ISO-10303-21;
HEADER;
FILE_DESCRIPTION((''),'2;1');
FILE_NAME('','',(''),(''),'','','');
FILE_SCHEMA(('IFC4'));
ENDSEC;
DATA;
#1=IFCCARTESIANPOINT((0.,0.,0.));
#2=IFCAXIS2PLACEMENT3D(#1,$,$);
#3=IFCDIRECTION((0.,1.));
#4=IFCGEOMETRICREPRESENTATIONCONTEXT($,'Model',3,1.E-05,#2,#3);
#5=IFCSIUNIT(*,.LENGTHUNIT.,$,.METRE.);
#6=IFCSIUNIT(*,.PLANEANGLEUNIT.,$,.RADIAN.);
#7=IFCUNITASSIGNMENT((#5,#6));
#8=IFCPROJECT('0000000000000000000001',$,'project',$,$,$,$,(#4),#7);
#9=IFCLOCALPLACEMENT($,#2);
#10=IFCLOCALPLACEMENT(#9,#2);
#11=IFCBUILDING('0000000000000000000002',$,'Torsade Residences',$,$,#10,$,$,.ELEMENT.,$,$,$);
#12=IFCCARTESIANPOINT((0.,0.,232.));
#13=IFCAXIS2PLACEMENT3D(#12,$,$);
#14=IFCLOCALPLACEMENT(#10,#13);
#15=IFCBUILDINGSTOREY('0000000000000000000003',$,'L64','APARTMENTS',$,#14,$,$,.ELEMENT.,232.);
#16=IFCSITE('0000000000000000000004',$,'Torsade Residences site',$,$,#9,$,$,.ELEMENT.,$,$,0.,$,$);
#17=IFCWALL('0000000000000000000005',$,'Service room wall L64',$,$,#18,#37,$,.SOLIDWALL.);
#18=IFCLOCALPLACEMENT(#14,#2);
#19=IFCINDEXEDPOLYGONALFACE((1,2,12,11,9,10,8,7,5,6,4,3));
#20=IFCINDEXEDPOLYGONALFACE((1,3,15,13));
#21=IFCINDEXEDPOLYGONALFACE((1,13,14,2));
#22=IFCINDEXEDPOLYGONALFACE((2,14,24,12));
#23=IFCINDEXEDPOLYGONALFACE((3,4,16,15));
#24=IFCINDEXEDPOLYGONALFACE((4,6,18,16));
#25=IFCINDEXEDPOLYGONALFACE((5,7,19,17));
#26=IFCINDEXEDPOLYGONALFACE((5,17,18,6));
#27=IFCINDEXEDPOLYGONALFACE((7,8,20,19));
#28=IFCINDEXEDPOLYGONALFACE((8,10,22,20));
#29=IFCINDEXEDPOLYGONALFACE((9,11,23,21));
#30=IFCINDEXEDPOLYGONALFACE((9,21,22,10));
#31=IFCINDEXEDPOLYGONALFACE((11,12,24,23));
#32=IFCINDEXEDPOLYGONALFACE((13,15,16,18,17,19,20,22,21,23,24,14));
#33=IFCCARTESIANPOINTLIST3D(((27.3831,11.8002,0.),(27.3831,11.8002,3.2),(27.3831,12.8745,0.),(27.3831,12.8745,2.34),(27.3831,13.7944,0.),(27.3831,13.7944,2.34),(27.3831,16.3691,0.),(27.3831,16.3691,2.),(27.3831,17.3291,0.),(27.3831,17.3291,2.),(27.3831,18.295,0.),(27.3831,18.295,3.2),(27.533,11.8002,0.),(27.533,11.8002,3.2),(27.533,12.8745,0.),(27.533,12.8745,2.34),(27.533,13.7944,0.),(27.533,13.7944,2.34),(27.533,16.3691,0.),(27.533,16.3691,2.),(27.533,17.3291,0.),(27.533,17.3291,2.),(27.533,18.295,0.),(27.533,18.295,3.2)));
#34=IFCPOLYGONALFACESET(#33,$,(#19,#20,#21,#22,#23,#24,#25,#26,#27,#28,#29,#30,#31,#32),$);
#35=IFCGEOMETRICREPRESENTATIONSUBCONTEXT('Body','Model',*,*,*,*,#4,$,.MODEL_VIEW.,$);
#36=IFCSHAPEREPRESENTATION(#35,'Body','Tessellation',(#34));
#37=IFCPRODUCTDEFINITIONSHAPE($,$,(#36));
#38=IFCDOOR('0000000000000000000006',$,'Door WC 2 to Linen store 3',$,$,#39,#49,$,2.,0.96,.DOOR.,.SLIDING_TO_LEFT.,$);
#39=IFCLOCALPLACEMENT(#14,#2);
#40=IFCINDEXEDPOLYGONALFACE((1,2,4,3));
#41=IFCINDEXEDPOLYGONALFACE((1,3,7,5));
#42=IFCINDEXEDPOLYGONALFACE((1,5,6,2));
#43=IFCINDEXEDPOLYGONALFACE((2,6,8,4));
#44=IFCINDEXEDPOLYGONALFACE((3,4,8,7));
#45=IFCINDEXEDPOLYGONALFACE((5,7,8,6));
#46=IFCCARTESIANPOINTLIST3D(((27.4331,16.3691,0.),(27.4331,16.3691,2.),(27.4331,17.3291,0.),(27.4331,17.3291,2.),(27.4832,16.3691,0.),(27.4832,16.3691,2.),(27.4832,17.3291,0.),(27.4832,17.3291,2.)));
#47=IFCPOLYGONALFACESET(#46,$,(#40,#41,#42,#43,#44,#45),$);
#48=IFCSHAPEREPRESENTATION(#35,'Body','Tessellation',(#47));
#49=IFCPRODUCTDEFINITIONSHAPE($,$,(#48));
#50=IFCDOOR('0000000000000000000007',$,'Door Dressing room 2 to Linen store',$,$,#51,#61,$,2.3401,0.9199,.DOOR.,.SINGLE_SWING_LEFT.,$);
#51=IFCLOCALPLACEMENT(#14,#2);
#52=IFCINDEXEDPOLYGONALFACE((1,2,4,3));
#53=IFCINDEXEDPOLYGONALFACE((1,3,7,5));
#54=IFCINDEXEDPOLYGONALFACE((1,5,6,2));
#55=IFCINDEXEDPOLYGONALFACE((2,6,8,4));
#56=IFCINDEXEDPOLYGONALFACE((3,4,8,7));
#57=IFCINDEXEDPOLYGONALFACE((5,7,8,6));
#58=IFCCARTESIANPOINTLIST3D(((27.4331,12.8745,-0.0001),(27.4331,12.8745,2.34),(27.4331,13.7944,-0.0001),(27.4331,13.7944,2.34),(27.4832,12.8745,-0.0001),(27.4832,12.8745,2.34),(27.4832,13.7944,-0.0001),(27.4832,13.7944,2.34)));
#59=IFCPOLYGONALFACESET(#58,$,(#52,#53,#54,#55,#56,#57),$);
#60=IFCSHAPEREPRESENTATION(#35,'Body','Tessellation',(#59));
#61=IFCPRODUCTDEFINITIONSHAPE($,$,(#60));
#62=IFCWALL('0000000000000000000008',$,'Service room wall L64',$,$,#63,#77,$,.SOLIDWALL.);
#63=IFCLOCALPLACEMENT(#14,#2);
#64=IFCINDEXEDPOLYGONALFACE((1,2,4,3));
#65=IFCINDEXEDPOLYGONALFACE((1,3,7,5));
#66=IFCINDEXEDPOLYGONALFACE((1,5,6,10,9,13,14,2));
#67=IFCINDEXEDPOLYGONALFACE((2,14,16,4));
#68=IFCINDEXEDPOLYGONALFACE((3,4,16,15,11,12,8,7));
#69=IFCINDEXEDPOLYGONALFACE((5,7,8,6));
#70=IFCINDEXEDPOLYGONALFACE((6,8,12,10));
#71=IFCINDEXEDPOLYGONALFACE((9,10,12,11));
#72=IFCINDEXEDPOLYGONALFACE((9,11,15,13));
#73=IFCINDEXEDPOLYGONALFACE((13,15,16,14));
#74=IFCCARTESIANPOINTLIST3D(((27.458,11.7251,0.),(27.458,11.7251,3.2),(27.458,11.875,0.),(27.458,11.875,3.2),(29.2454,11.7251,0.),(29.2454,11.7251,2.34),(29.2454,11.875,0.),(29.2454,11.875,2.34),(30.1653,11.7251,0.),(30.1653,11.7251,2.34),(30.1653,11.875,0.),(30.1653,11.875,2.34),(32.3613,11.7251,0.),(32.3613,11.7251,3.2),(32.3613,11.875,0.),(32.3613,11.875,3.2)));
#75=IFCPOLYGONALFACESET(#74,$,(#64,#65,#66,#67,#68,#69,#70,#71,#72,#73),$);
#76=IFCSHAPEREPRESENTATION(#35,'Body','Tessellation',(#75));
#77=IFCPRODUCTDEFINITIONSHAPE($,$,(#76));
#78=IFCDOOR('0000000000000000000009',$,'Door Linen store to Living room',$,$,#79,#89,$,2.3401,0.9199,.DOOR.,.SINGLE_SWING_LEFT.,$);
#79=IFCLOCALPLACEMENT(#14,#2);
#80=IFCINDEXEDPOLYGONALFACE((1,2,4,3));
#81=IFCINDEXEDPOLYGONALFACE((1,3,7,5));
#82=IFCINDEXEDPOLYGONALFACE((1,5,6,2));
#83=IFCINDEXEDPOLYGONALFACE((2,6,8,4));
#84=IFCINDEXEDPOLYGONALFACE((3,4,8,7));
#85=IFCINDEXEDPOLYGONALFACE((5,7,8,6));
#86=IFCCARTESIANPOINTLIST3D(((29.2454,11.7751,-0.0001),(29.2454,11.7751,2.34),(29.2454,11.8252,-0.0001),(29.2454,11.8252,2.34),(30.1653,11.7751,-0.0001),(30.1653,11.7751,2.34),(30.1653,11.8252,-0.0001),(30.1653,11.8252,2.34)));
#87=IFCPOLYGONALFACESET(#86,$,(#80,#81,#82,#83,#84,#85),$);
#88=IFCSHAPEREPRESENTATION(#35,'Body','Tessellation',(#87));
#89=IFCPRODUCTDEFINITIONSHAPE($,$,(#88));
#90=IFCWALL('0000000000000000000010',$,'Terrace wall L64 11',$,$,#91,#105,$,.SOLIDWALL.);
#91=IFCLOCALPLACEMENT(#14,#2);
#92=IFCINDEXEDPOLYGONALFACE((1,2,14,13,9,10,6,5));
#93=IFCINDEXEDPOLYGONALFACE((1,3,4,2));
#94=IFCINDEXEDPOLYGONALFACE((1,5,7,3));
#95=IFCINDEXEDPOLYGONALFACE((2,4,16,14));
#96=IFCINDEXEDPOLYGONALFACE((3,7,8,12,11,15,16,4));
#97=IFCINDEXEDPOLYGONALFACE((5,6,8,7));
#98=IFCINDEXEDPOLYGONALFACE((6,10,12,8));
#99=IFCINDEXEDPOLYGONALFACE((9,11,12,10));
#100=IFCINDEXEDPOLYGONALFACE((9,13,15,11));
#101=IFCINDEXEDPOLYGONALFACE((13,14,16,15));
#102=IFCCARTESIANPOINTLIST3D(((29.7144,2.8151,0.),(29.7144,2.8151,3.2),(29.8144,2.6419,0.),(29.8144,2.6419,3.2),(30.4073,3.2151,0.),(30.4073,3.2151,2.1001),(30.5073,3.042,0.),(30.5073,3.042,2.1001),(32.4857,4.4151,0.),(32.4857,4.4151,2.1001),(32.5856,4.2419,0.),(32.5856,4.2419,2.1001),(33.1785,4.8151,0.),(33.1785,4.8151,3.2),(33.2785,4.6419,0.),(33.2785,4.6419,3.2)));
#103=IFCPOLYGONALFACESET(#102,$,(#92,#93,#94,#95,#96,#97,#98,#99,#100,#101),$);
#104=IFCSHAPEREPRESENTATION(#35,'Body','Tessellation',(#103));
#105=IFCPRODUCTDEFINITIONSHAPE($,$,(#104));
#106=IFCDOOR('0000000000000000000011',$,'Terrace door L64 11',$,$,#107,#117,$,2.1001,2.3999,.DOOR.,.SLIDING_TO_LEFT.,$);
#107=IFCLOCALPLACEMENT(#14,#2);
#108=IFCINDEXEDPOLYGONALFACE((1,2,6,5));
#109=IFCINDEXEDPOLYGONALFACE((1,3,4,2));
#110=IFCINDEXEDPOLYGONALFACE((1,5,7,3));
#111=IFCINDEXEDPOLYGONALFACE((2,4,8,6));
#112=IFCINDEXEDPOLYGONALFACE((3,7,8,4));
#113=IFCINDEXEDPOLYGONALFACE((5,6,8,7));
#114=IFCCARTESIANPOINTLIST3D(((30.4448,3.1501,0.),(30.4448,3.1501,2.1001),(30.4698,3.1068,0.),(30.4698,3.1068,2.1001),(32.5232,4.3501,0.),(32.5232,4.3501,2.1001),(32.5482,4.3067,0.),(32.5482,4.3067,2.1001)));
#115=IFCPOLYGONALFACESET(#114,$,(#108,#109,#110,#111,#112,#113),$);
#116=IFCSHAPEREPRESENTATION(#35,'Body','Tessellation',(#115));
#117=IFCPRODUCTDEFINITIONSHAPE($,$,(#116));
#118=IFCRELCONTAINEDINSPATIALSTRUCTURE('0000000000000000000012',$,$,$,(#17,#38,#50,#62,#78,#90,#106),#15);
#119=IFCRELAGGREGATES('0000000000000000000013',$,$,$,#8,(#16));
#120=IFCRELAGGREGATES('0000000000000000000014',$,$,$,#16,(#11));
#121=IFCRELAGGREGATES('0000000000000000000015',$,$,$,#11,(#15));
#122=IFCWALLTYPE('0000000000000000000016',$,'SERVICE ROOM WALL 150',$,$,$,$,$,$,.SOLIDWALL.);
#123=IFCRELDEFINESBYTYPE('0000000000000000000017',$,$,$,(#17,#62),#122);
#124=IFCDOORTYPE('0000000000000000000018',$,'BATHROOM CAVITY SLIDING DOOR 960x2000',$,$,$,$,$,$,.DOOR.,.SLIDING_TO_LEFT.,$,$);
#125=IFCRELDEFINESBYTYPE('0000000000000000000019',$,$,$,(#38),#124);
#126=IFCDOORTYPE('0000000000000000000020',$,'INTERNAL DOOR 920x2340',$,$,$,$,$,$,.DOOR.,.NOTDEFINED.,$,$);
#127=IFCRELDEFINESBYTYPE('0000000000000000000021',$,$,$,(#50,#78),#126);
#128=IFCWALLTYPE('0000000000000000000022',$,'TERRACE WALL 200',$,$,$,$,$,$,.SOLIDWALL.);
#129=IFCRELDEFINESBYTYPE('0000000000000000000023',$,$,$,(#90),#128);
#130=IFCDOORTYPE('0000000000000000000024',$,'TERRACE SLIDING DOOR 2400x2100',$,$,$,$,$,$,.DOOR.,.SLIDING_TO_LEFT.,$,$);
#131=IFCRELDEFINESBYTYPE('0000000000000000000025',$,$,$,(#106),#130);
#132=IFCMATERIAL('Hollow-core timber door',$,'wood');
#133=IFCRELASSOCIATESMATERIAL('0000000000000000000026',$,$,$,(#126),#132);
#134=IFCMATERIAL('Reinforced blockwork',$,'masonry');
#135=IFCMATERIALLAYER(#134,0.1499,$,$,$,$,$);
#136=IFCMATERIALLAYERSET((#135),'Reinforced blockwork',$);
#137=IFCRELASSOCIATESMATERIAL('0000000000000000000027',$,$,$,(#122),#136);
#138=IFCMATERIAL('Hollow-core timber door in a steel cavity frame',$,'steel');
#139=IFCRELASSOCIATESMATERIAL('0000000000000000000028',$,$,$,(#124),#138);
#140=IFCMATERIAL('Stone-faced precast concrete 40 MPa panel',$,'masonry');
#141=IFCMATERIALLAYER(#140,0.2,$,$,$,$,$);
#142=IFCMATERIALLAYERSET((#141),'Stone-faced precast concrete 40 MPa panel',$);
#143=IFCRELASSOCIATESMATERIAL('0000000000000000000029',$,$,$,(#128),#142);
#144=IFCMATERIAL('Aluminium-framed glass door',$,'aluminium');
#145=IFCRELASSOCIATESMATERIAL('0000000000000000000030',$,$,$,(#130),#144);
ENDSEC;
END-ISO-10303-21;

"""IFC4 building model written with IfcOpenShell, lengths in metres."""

from ifc_helpers import new_model, si_unit, direction, frame, frame_2d, origin, place, context, subcontext, project, spatial, rectangle, extrude, material, layer, layer_set, type_object, element, fill, save


model = new_model("IFC4")

# Units and contexts
model_context = context("Model", 3, precision=1e-05, world=origin(), true_north=direction((0.0, 1.0)))
body_context = subcontext(model_context, "Body", "Model", "MODEL_VIEW")
ifc_project = project(units=[si_unit("LENGTHUNIT", "METRE"), si_unit("PLANEANGLEUNIT", "RADIAN")], contexts=[model_context])

# Site, building, storey
site_placement = place(None, origin())
site = spatial("IfcSite", under=ifc_project, at=site_placement, Name="Torsade Residences site", CompositionType="ELEMENT", RefElevation=0.0)
building_placement = place(site_placement, origin())
building = spatial("IfcBuilding", under=site, at=building_placement, Name="Torsade Residences", CompositionType="ELEMENT")
storey_placement = place(building_placement, frame((0.0, 0.0, 232.0)))
storey = spatial("IfcBuildingStorey", under=building, at=storey_placement, Name="L64", Description="APARTMENTS", CompositionType="ELEMENT", Elevation=232.0)

# Shared definitions
ifc_material_1 = material(Name="Hollow-core timber door", Category="wood")
door_type_1 = type_object("IfcDoorType", Name="INTERNAL DOOR 920x2340", OperationType="NOTDEFINED", PredefinedType="DOOR", material=ifc_material_1)

# Wall, openings, doors
ifc_material_2 = material(Name="Reinforced blockwork", Category="masonry")
ifc_layer_1 = layer(ifc_material_2, 0.1499)
ifc_layer_set_1 = layer_set([ifc_layer_1], Name="Reinforced blockwork")
wall_type_1 = type_object("IfcWallType", Name="SERVICE ROOM WALL 150", PredefinedType="SOLIDWALL", material=ifc_layer_set_1)
wall_1_placement = place(storey_placement, frame((27.458, 11.8, 0.0), z_axis=(0.0, 0.0, 1.0), x_axis=(0.0, 1.0, 0.0)))
wall_1 = element("IfcWall", 1, at=wall_1_placement, inside=storey, type_object=wall_type_1, Name="Service room wall L64", PredefinedType="SOLIDWALL", context=body_context, shape_type="SweptSolid", body=[
    extrude(rectangle(XDim=6.4949, YDim=0.1499, at=frame_2d((3.2476, 0.0))), origin(), (0.0, 0.0, 1.0), 3.2),
])
opening_1_placement = place(wall_1_placement, frame((4.5691, 0.0, 0.0)))
opening_1 = element("IfcOpeningElement", 2, at=opening_1_placement, cuts=wall_1, PredefinedType="OPENING", context=body_context, shape_type="SweptSolid", body=[
    extrude(rectangle(XDim=0.96, YDim=2.0, at=frame_2d((0.48, 1.0))), frame((0.0, 0.085, 0.0), z_axis=(0.0, -1.0, 0.0), x_axis=(1.0, 0.0, 0.0)), (0.0, 0.0, 1.0), 0.1699),
])
opening_2_placement = place(wall_1_placement, frame((1.0745, 0.0, 0.0)))
opening_2 = element("IfcOpeningElement", 3, at=opening_2_placement, cuts=wall_1, PredefinedType="OPENING", context=body_context, shape_type="SweptSolid", body=[
    extrude(rectangle(XDim=0.9199, YDim=2.3401, at=frame_2d((0.46, 1.1699))), frame((0.0, 0.085, 0.0), z_axis=(0.0, -1.0, 0.0), x_axis=(1.0, 0.0, 0.0)), (0.0, 0.0, 1.0), 0.1699),
])
ifc_material_3 = material(Name="Hollow-core timber door in a steel cavity frame", Category="steel")
door_type_2 = type_object("IfcDoorType", Name="BATHROOM CAVITY SLIDING DOOR 960x2000", OperationType="SLIDING_TO_LEFT", PredefinedType="DOOR", material=ifc_material_3)
door_1_placement = place(opening_1_placement, origin())
door_1 = element("IfcDoor", 4, at=door_1_placement, inside=storey, type_object=door_type_2, Name="Door WC 2 to Linen store 3", OperationType="SLIDING_TO_LEFT", OverallHeight=2.0, OverallWidth=0.96, PredefinedType="DOOR", context=body_context, shape_type="SweptSolid", body=[
    extrude(rectangle(XDim=0.96, YDim=2.0, at=frame_2d((0.48, 1.0))), frame((0.0, 0.0249, 0.0), z_axis=(0.0, -1.0, 0.0), x_axis=(1.0, 0.0, 0.0)), (0.0, 0.0, 1.0), 0.05),
])
fill(opening_1, door_1)
door_2_placement = place(opening_2_placement, origin())
door_2 = element("IfcDoor", 5, at=door_2_placement, inside=storey, type_object=door_type_1, Name="Door Dressing room 2 to Linen store", OperationType="SINGLE_SWING_LEFT", OverallHeight=2.3401, OverallWidth=0.9199, PredefinedType="DOOR", context=body_context, shape_type="SweptSolid", body=[
    extrude(rectangle(XDim=0.9199, YDim=2.3401, at=frame_2d((0.46, 1.1699))), frame((0.0, 0.0249, 0.0), z_axis=(0.0, -1.0, 0.0), x_axis=(1.0, 0.0, 0.0)), (0.0, 0.0, 1.0), 0.05),
])
fill(opening_2, door_2)

# Walls, openings, doors
wall_2_placement = place(storey_placement, frame((32.3613, 11.8, 0.0), z_axis=(0.0, 0.0, 1.0), x_axis=(-1.0, 0.0, 0.0)))
wall_2 = element("IfcWall", 6, at=wall_2_placement, inside=storey, type_object=wall_type_1, Name="Service room wall L64", PredefinedType="SOLIDWALL", context=body_context, shape_type="SweptSolid", body=[
    extrude(rectangle(XDim=4.9033, YDim=0.1499, at=frame_2d((2.4517, 0.0))), origin(), (0.0, 0.0, 1.0), 3.2),
])
opening_3_placement = place(wall_2_placement, frame((2.196, 0.0, 0.0)))
opening_3 = element("IfcOpeningElement", 7, at=opening_3_placement, cuts=wall_2, PredefinedType="OPENING", context=body_context, shape_type="SweptSolid", body=[
    extrude(rectangle(XDim=0.9199, YDim=2.3401, at=frame_2d((0.46, 1.1699))), frame((0.0, 0.085, 0.0), z_axis=(0.0, -1.0, 0.0), x_axis=(1.0, 0.0, 0.0)), (0.0, 0.0, 1.0), 0.1699),
])
door_3_placement = place(opening_3_placement, origin())
door_3 = element("IfcDoor", 8, at=door_3_placement, inside=storey, type_object=door_type_1, Name="Door Linen store to Living room", OperationType="SINGLE_SWING_LEFT", OverallHeight=2.3401, OverallWidth=0.9199, PredefinedType="DOOR", context=body_context, shape_type="SweptSolid", body=[
    extrude(rectangle(XDim=0.9199, YDim=2.3401, at=frame_2d((0.46, 1.1699))), frame((0.0, 0.0249, 0.0), z_axis=(0.0, -1.0, 0.0), x_axis=(1.0, 0.0, 0.0)), (0.0, 0.0, 1.0), 0.05),
])
fill(opening_3, door_3)
ifc_material_4 = material(Name="Stone-faced precast concrete 40 MPa panel", Category="masonry")
ifc_layer_2 = layer(ifc_material_4, 0.2)
ifc_layer_set_2 = layer_set([ifc_layer_2], Name="Stone-faced precast concrete 40 MPa panel")
wall_type_2 = type_object("IfcWallType", Name="TERRACE WALL 200", PredefinedType="SOLIDWALL", material=ifc_layer_set_2)
wall_3_placement = place(storey_placement, frame((29.7644, 2.7285, 0.0), z_axis=(0.0, 0.0, 1.0), x_axis=(0.866026, 0.499999, 0.0)))
wall_3 = element("IfcWall", 9, at=wall_3_placement, inside=storey, type_object=wall_type_2, Name="Terrace wall L64 11", PredefinedType="SOLIDWALL", context=body_context, shape_type="SweptSolid", body=[
    extrude(rectangle(XDim=4.0, YDim=0.2, at=frame_2d((2.0, 0.0))), origin(), (0.0, 0.0, 1.0), 3.2),
])
opening_4_placement = place(wall_3_placement, frame((0.8, 0.0, 0.0)))
opening_4 = element("IfcOpeningElement", 10, at=opening_4_placement, cuts=wall_3, PredefinedType="OPENING", context=body_context, shape_type="SweptSolid", body=[
    extrude(rectangle(XDim=2.3999, YDim=2.1001, at=frame_2d((1.2, 1.05))), frame((0.0, 0.1099, 0.0), z_axis=(0.0, -1.0, 0.0), x_axis=(1.0, 0.0, 0.0)), (0.0, 0.0, 1.0), 0.22),
])
ifc_material_5 = material(Name="Aluminium-framed glass door", Category="aluminium")
door_type_3 = type_object("IfcDoorType", Name="TERRACE SLIDING DOOR 2400x2100", OperationType="SLIDING_TO_LEFT", PredefinedType="DOOR", material=ifc_material_5)
door_4_placement = place(opening_4_placement, origin())
door_4 = element("IfcDoor", 11, at=door_4_placement, inside=storey, type_object=door_type_3, Name="Terrace door L64 11", OperationType="SLIDING_TO_LEFT", OverallHeight=2.1001, OverallWidth=2.3999, PredefinedType="DOOR", context=body_context, shape_type="SweptSolid", body=[
    extrude(rectangle(XDim=2.3999, YDim=2.1001, at=frame_2d((1.2, 1.05))), frame((0.0, 0.0249, 0.0), z_axis=(0.0, -1.0, 0.0), x_axis=(1.0, 0.0, 0.0)), (0.0, 0.0, 1.0), 0.05),
])
fill(opening_4, door_4)

save(model, "model.ifc")
